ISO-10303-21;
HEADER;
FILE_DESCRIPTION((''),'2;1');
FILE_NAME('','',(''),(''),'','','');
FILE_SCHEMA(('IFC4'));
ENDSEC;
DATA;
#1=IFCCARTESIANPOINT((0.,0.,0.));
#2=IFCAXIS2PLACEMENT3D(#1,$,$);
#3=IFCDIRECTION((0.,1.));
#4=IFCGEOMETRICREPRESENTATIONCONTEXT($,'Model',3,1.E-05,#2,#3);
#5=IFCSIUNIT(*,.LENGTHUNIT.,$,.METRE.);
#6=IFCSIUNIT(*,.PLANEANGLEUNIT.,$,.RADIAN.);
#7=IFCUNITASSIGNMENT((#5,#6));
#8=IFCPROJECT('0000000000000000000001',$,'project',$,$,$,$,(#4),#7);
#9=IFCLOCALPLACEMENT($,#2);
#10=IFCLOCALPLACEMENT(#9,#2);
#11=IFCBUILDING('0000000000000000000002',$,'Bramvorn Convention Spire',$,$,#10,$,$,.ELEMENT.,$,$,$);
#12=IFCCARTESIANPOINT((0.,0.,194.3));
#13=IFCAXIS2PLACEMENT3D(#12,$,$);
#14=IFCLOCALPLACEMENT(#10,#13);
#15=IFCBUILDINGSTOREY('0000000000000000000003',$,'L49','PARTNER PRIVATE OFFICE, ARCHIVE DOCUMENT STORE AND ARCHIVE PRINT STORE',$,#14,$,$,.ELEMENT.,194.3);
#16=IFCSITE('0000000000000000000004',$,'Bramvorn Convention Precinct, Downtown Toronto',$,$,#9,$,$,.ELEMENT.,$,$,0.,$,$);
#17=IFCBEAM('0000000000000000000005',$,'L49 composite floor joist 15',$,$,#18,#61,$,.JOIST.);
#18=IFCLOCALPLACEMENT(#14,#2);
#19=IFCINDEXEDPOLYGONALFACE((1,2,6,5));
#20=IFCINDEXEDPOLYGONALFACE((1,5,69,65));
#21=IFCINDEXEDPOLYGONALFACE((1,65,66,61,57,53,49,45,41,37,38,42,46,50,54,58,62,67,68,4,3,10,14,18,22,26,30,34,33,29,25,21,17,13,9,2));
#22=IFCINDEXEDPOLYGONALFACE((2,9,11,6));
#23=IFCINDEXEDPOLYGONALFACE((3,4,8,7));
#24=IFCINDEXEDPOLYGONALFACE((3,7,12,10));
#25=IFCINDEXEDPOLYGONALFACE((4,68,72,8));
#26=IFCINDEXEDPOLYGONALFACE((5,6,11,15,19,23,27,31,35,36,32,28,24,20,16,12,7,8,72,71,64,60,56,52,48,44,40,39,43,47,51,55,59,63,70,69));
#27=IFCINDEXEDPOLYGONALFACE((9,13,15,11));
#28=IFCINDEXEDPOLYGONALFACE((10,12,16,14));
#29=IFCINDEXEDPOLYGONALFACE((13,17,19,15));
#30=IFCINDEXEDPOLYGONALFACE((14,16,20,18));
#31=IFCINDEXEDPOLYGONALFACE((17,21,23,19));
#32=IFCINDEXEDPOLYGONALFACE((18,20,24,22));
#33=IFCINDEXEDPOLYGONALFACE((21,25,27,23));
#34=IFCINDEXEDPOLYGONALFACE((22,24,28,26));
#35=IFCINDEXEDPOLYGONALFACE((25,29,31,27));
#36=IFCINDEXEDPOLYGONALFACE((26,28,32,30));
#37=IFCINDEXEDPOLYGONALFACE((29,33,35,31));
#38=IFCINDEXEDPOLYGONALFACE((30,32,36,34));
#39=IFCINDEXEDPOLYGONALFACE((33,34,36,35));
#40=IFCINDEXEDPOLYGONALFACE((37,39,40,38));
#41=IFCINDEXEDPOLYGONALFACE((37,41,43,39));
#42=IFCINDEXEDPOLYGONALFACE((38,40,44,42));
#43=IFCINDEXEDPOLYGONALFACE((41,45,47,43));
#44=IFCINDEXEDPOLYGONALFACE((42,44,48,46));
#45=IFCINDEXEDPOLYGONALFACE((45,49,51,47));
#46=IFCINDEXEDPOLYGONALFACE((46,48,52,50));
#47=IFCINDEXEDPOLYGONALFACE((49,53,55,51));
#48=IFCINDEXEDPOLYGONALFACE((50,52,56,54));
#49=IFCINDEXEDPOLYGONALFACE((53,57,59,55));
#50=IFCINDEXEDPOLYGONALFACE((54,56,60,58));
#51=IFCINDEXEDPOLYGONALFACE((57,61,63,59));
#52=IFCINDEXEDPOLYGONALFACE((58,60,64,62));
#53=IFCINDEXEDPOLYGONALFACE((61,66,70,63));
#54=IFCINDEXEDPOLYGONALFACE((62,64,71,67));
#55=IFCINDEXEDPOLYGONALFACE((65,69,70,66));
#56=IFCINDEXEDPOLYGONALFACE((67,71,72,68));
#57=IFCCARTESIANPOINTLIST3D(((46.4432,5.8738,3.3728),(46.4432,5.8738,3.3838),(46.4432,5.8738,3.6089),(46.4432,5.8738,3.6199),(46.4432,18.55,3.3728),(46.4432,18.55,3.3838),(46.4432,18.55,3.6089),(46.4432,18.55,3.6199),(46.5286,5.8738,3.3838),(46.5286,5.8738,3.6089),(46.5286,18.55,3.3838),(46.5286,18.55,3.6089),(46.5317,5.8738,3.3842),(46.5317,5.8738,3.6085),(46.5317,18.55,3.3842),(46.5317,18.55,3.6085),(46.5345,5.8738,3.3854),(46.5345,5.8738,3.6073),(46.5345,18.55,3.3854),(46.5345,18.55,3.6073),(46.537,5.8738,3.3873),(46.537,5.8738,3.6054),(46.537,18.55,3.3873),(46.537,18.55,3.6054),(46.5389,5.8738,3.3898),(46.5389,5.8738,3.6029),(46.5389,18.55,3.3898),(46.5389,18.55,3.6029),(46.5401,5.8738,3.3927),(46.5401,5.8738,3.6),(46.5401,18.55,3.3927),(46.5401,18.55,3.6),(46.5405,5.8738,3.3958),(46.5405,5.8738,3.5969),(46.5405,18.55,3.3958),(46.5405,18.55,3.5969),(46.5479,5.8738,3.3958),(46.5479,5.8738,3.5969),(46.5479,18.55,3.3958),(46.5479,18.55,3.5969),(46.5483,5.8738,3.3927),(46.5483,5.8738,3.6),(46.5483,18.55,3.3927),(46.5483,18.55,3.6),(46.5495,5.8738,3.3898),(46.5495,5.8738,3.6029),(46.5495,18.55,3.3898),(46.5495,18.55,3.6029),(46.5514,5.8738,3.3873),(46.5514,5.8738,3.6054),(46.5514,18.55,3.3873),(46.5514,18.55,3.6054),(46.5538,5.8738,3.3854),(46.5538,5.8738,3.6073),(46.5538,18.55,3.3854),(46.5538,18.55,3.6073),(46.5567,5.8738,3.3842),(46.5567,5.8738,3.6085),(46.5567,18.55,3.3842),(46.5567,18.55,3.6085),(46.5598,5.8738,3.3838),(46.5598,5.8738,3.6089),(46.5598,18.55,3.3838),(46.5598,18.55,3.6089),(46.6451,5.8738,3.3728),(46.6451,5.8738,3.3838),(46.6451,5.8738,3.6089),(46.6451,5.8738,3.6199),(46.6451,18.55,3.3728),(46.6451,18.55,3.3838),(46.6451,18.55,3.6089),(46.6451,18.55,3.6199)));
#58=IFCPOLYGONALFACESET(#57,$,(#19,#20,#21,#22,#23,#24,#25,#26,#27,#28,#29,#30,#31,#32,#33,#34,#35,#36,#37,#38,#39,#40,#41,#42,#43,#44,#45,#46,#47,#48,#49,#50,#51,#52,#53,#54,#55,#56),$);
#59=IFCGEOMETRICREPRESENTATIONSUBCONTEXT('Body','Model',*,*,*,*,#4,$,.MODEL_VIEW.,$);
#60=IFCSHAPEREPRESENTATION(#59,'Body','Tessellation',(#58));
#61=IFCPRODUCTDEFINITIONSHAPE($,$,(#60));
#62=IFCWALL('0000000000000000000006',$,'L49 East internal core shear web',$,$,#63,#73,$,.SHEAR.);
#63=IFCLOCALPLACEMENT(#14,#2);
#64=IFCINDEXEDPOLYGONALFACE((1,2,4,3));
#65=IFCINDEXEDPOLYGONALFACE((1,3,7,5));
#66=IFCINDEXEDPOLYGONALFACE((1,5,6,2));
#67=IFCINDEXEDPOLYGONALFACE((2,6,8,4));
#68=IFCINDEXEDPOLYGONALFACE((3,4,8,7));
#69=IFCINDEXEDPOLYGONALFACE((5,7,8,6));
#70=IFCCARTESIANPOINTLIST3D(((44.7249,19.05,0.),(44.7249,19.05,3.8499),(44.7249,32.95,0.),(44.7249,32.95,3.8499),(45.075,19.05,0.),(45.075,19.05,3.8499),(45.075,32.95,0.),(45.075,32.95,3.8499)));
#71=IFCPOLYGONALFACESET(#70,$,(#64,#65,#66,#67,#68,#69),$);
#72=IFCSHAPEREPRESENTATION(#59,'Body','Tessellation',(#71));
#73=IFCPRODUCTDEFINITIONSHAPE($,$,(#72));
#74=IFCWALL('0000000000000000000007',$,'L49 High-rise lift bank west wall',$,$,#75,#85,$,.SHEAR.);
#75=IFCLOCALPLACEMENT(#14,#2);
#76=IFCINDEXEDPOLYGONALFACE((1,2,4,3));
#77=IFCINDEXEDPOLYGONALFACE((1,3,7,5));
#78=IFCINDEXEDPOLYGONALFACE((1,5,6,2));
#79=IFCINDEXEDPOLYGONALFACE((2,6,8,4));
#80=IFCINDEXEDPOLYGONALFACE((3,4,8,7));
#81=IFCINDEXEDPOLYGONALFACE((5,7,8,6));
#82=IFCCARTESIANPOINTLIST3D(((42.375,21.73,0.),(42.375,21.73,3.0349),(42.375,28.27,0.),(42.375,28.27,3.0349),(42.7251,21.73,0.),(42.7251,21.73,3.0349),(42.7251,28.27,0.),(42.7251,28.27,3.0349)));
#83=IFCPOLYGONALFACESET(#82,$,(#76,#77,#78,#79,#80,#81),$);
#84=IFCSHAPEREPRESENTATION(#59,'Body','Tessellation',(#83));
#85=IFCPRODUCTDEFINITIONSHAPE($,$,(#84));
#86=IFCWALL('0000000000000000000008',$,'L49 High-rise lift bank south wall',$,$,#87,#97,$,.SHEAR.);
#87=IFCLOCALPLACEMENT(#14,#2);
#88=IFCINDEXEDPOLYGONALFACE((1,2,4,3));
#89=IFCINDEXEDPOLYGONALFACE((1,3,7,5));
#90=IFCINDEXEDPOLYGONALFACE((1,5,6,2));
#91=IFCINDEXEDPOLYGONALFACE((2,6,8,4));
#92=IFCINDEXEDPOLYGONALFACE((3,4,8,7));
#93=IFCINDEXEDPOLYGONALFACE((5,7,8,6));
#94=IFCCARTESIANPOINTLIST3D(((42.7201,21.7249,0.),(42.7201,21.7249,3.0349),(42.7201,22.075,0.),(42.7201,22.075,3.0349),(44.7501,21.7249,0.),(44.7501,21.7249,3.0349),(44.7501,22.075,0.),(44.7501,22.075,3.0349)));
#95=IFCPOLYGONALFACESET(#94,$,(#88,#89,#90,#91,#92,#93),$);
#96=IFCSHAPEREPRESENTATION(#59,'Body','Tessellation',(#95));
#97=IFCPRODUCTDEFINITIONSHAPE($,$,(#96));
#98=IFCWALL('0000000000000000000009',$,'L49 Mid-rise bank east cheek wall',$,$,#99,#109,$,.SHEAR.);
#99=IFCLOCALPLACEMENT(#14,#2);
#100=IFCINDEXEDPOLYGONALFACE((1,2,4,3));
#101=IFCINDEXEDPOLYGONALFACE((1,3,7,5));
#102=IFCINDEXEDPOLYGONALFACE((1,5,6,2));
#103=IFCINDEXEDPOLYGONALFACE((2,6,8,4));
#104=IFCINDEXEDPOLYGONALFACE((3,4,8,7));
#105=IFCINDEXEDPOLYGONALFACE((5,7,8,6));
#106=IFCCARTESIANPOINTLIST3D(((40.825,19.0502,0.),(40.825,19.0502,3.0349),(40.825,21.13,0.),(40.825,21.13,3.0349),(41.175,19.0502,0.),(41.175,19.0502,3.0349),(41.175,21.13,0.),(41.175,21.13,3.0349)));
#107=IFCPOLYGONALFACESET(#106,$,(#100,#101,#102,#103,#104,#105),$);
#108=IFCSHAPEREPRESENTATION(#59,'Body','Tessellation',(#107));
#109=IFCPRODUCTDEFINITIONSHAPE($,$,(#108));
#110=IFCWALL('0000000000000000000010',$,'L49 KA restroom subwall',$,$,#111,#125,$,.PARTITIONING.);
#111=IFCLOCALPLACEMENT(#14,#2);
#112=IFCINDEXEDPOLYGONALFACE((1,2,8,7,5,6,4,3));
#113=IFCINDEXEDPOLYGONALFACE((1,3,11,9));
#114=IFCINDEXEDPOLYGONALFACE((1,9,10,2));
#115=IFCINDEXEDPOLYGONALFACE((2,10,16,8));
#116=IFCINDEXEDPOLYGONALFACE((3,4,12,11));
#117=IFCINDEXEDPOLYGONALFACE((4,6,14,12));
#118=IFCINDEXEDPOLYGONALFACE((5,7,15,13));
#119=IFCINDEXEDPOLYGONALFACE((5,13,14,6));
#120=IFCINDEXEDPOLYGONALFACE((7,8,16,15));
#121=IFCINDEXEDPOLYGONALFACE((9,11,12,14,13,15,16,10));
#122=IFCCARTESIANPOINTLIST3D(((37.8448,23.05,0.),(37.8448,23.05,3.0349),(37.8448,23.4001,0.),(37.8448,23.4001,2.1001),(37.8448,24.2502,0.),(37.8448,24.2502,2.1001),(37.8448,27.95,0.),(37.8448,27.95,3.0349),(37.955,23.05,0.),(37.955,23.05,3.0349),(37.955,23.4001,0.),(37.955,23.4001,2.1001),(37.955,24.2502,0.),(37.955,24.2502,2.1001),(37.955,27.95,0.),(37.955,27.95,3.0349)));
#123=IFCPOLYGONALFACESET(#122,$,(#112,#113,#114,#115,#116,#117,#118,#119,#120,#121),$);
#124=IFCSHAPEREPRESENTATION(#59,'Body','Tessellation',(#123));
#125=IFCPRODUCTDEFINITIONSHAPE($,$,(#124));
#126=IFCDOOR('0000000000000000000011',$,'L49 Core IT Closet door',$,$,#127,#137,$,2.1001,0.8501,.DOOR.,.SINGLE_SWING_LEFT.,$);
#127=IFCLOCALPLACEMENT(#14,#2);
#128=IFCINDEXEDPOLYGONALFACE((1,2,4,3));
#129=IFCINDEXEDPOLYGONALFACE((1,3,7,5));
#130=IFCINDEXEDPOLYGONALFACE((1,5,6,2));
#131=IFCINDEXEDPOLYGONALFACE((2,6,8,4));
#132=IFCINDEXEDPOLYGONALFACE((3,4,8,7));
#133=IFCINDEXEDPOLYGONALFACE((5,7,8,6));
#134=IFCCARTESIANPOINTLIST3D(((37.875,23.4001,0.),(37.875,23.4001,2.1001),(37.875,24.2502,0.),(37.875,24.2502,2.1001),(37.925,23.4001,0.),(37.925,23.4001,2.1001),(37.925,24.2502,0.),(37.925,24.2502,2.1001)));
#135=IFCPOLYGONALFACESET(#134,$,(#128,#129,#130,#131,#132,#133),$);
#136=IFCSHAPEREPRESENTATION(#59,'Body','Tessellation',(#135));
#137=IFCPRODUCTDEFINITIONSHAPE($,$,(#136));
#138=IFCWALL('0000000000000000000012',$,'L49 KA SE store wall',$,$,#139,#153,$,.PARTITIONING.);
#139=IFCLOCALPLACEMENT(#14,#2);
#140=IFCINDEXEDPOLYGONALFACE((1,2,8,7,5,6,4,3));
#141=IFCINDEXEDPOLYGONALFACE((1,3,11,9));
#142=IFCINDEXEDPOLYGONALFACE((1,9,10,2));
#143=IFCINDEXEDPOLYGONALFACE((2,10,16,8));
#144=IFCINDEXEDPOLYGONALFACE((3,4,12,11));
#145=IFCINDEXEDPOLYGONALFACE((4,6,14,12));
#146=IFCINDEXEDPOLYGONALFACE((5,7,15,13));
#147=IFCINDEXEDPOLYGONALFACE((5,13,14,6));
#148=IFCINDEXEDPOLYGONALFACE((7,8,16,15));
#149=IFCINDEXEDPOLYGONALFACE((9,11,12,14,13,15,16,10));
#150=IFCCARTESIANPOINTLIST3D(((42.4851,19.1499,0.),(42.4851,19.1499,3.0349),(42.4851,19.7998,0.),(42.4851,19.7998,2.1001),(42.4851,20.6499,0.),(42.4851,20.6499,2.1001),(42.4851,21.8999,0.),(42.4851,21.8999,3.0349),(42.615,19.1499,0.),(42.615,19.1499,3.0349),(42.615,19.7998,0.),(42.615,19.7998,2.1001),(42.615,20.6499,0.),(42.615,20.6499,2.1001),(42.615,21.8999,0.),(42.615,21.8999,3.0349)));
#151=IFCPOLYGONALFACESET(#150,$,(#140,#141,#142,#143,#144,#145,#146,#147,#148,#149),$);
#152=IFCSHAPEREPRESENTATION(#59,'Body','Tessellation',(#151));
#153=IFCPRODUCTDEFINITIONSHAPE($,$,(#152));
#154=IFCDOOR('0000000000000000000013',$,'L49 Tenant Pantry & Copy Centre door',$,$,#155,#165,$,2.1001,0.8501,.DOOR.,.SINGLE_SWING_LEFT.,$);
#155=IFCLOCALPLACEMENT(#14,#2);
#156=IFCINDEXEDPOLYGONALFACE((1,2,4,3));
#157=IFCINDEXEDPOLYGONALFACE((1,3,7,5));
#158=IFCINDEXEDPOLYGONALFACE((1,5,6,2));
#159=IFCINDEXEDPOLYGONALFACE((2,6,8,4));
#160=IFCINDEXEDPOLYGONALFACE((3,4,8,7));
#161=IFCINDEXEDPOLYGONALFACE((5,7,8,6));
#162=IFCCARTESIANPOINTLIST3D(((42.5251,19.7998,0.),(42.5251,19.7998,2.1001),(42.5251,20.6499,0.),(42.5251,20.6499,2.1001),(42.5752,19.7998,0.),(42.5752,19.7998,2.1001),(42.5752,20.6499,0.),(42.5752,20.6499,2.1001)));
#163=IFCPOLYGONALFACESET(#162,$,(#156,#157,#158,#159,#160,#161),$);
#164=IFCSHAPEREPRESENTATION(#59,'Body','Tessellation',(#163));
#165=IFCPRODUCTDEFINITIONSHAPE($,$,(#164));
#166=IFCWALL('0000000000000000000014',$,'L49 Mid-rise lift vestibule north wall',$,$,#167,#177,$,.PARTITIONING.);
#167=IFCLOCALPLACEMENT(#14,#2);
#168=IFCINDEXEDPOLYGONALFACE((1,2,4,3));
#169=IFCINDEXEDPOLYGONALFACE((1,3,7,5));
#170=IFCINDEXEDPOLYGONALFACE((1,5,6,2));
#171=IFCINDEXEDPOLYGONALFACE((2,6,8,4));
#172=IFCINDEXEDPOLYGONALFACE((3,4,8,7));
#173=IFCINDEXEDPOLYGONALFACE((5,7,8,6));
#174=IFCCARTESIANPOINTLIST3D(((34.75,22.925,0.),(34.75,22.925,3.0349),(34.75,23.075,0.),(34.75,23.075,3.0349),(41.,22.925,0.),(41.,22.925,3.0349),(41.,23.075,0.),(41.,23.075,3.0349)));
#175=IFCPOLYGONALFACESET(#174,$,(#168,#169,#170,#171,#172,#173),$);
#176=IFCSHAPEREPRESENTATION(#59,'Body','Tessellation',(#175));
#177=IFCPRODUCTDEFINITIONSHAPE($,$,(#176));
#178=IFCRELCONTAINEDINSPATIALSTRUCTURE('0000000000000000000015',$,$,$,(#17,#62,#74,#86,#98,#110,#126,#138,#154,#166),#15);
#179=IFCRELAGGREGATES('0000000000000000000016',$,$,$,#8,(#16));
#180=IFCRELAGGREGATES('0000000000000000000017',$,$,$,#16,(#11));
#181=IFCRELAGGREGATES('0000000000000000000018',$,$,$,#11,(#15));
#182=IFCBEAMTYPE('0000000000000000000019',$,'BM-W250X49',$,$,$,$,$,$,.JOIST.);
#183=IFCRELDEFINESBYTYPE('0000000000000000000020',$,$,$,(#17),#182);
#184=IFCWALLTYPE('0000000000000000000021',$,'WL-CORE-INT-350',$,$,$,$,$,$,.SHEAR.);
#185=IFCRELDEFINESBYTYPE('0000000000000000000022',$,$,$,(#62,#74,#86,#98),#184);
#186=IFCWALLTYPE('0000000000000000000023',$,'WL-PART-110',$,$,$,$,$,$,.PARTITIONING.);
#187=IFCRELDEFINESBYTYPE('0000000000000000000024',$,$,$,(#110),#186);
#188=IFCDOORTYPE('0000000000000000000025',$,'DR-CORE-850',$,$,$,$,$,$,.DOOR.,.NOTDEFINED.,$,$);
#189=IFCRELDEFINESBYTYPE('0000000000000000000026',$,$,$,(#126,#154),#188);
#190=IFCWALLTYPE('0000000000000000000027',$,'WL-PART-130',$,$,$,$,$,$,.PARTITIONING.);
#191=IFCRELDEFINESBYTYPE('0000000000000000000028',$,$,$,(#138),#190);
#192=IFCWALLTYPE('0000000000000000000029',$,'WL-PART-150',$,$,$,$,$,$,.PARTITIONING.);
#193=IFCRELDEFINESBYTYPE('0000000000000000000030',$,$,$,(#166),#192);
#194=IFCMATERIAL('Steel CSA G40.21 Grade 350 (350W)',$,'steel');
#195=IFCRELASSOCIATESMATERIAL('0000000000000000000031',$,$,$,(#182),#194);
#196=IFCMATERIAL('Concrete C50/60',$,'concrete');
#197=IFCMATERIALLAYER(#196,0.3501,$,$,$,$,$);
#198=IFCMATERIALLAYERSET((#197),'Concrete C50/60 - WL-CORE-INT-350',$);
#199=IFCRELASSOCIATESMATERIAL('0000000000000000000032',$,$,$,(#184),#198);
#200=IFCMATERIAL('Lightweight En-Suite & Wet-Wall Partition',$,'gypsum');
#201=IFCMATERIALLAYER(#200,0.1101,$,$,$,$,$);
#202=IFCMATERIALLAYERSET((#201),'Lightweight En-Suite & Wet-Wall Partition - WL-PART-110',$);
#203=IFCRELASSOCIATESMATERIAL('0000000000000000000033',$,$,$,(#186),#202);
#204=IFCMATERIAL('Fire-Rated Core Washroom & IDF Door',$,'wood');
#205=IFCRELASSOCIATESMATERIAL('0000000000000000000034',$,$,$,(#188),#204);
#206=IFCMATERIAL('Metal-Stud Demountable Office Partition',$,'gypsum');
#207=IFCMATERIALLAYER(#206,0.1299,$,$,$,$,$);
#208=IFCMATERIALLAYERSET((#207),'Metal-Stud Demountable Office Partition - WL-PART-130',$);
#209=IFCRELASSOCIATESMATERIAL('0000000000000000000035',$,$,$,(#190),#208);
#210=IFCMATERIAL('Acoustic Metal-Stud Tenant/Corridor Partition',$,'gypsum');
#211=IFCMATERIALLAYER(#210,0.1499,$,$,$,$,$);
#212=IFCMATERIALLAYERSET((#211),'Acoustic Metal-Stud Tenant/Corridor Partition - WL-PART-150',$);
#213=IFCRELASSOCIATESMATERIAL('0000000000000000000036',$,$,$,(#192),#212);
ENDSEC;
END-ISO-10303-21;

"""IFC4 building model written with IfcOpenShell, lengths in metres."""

from ifc_helpers import new_model, si_unit, direction, frame, frame_2d, origin, origin_2d, place, context, subcontext, project, spatial, rectangle, i_section, extrude, material, layer, layer_set, material_profile, profile_set, type_object, element, fill, save


model = new_model("IFC4")

# Units and contexts
model_context = context("Model", 3, precision=1e-05, world=origin(), true_north=direction((0.0, 1.0)))
body_context = subcontext(model_context, "Body", "Model", "MODEL_VIEW")
ifc_project = project(units=[si_unit("LENGTHUNIT", "METRE"), si_unit("PLANEANGLEUNIT", "RADIAN")], contexts=[model_context])

# Site, building, storey
site_placement = place(None, origin())
site = spatial("IfcSite", under=ifc_project, at=site_placement, Name="Bramvorn Convention Precinct, Downtown Toronto", CompositionType="ELEMENT", RefElevation=0.0)
building_placement = place(site_placement, origin())
building = spatial("IfcBuilding", under=site, at=building_placement, Name="Bramvorn Convention Spire", CompositionType="ELEMENT")
storey_placement = place(building_placement, frame((0.0, 0.0, 194.3)))
storey = spatial("IfcBuildingStorey", under=building, at=storey_placement, Name="L49", Description="PARTNER PRIVATE OFFICE, ARCHIVE DOCUMENT STORE AND ARCHIVE PRINT STORE", CompositionType="ELEMENT", Elevation=194.3)

# Beam
ifc_material_1 = material(Name="Steel CSA G40.21 Grade 350 (350W)", Category="steel")
ifc_material_profile = material_profile(ifc_material_1, i_section(OverallWidth=0.2019, OverallDepth=0.2471, WebThickness=0.0073, FlangeThickness=0.011, FilletRadius=0.012, at=origin_2d()))
ifc_profile_set = profile_set([ifc_material_profile], Name="Steel CSA G40.21 Grade 350 (350W) - W250X49")
beam_type = type_object("IfcBeamType", Name="BM-W250X49", PredefinedType="JOIST", material=ifc_profile_set)
beam_placement = place(storey_placement, frame((46.5442, 18.55, 3.4963), z_axis=(0.0, -1.0, 0.0), x_axis=(1.0, 0.0, 0.0)))
element("IfcBeam", 1, at=beam_placement, inside=storey, type_object=beam_type, Name="L49 composite floor joist 15", PredefinedType="JOIST", context=body_context, shape_type="SweptSolid", body=[
    extrude(i_section(OverallWidth=0.2019, OverallDepth=0.2471, WebThickness=0.0073, FlangeThickness=0.011, FilletRadius=0.012, at=origin_2d()), origin(), (0.0, 0.0, 1.0), 12.6763),
])

# Walls
ifc_material_2 = material(Name="Concrete C50/60", Category="concrete")
ifc_layer_1 = layer(ifc_material_2, 0.3501)
ifc_layer_set_1 = layer_set([ifc_layer_1], Name="Concrete C50/60 - WL-CORE-INT-350")
wall_type_1 = type_object("IfcWallType", Name="WL-CORE-INT-350", PredefinedType="SHEAR", material=ifc_layer_set_1)
wall_1_placement = place(storey_placement, frame((44.8999, 19.05, 0.0), z_axis=(0.0, 0.0, 1.0), x_axis=(0.0, 1.0, 0.0)))
element("IfcWall", 2, at=wall_1_placement, inside=storey, type_object=wall_type_1, Name="L49 East internal core shear web", PredefinedType="SHEAR", context=body_context, shape_type="SweptSolid", body=[
    extrude(rectangle(XDim=13.8999, YDim=0.3501, at=frame_2d((6.95, 0.0))), origin(), (0.0, 0.0, 1.0), 3.8499),
])
wall_2_placement = place(storey_placement, frame((42.55, 21.73, 0.0), z_axis=(0.0, 0.0, 1.0), x_axis=(0.0, 1.0, 0.0)))
element("IfcWall", 3, at=wall_2_placement, inside=storey, type_object=wall_type_1, Name="L49 High-rise lift bank west wall", PredefinedType="SHEAR", context=body_context, shape_type="SweptSolid", body=[
    extrude(rectangle(XDim=6.54, YDim=0.3501, at=frame_2d((3.27, 0.0))), origin(), (0.0, 0.0, 1.0), 3.0349),
])
wall_3_placement = place(storey_placement, frame((42.72, 21.8999, 0.0), z_axis=(0.0, 0.0, 1.0), x_axis=(1.0, 0.0, 0.0)))
element("IfcWall", 4, at=wall_3_placement, inside=storey, type_object=wall_type_1, Name="L49 High-rise lift bank south wall", PredefinedType="SHEAR", context=body_context, shape_type="SweptSolid", body=[
    extrude(rectangle(XDim=2.03, YDim=0.3501, at=frame_2d((1.0151, 0.0))), origin(), (0.0, 0.0, 1.0), 3.0349),
])

# Wall
wall_4_placement = place(storey_placement, frame((41.0, 19.05, 0.0), z_axis=(0.0, 0.0, 1.0), x_axis=(0.0, 1.0, 0.0)))
element("IfcWall", 5, at=wall_4_placement, inside=storey, type_object=wall_type_1, Name="L49 Mid-rise bank east cheek wall", PredefinedType="SHEAR", context=body_context, shape_type="SweptSolid", body=[
    extrude(rectangle(XDim=2.0798, YDim=0.3501, at=frame_2d((1.04, 0.0))), origin(), (0.0, 0.0, 1.0), 3.0349),
])

# Walls, openings, doors
ifc_material_3 = material(Name="Lightweight En-Suite & Wet-Wall Partition", Category="gypsum")
ifc_layer_2 = layer(ifc_material_3, 0.1101)
ifc_layer_set_2 = layer_set([ifc_layer_2], Name="Lightweight En-Suite & Wet-Wall Partition - WL-PART-110")
wall_type_2 = type_object("IfcWallType", Name="WL-PART-110", PredefinedType="PARTITIONING", material=ifc_layer_set_2)
wall_5_placement = place(storey_placement, frame((37.8999, 23.05, 0.0), z_axis=(0.0, 0.0, 1.0), x_axis=(0.0, 1.0, 0.0)))
wall_5 = element("IfcWall", 6, at=wall_5_placement, inside=storey, type_object=wall_type_2, Name="L49 KA restroom subwall", PredefinedType="PARTITIONING", context=body_context, shape_type="SweptSolid", body=[
    extrude(rectangle(XDim=4.8999, YDim=0.1101, at=frame_2d((2.45, 0.0))), origin(), (0.0, 0.0, 1.0), 3.0349),
])
opening_1_placement = place(wall_5_placement, frame((0.3501, 0.0, 0.0)))
opening_1 = element("IfcOpeningElement", 7, at=opening_1_placement, cuts=wall_5, PredefinedType="OPENING", context=body_context, shape_type="SweptSolid", body=[
    extrude(rectangle(XDim=0.8501, YDim=2.1001, at=frame_2d((0.425, 1.05))), frame((0.0, 0.0649, 0.0), z_axis=(0.0, -1.0, 0.0), x_axis=(1.0, 0.0, 0.0)), (0.0, 0.0, 1.0), 0.1301),
])
ifc_material_4 = material(Name="Fire-Rated Core Washroom & IDF Door", Category="wood")
door_type_1 = type_object("IfcDoorType", Name="DR-CORE-850", OperationType="NOTDEFINED", PredefinedType="DOOR", material=ifc_material_4)
door_1_placement = place(opening_1_placement, origin())
door_1 = element("IfcDoor", 8, at=door_1_placement, inside=storey, type_object=door_type_1, Name="L49 Core IT Closet door", OperationType="SINGLE_SWING_LEFT", OverallHeight=2.1001, OverallWidth=0.8501, PredefinedType="DOOR", context=body_context, shape_type="SweptSolid", body=[
    extrude(rectangle(XDim=0.8501, YDim=2.1001, at=frame_2d((0.425, 1.05))), frame((0.0, 0.0249, 0.0), z_axis=(0.0, -1.0, 0.0), x_axis=(1.0, 0.0, 0.0)), (0.0, 0.0, 1.0), 0.05),
])
fill(opening_1, door_1)
ifc_material_5 = material(Name="Metal-Stud Demountable Office Partition", Category="gypsum")
ifc_layer_3 = layer(ifc_material_5, 0.1299)
ifc_layer_set_3 = layer_set([ifc_layer_3], Name="Metal-Stud Demountable Office Partition - WL-PART-130")
wall_type_3 = type_object("IfcWallType", Name="WL-PART-130", PredefinedType="PARTITIONING", material=ifc_layer_set_3)
wall_6_placement = place(storey_placement, frame((42.55, 19.1499, 0.0), z_axis=(0.0, 0.0, 1.0), x_axis=(0.0, 1.0, 0.0)))
wall_6 = element("IfcWall", 9, at=wall_6_placement, inside=storey, type_object=wall_type_3, Name="L49 KA SE store wall", PredefinedType="PARTITIONING", context=body_context, shape_type="SweptSolid", body=[
    extrude(rectangle(XDim=2.75, YDim=0.1299, at=frame_2d((1.375, 0.0))), origin(), (0.0, 0.0, 1.0), 3.0349),
])
opening_2_placement = place(wall_6_placement, frame((0.6499, 0.0, 0.0)))
opening_2 = element("IfcOpeningElement", 10, at=opening_2_placement, cuts=wall_6, PredefinedType="OPENING", context=body_context, shape_type="SweptSolid", body=[
    extrude(rectangle(XDim=0.8501, YDim=2.1001, at=frame_2d((0.425, 1.05))), frame((0.0, 0.075, 0.0), z_axis=(0.0, -1.0, 0.0), x_axis=(1.0, 0.0, 0.0)), (0.0, 0.0, 1.0), 0.1499),
])
door_2_placement = place(opening_2_placement, origin())
door_2 = element("IfcDoor", 11, at=door_2_placement, inside=storey, type_object=door_type_1, Name="L49 Tenant Pantry & Copy Centre door", OperationType="SINGLE_SWING_LEFT", OverallHeight=2.1001, OverallWidth=0.8501, PredefinedType="DOOR", context=body_context, shape_type="SweptSolid", body=[
    extrude(rectangle(XDim=0.8501, YDim=2.1001, at=frame_2d((0.425, 1.05))), frame((0.0, 0.0249, 0.0), z_axis=(0.0, -1.0, 0.0), x_axis=(1.0, 0.0, 0.0)), (0.0, 0.0, 1.0), 0.05),
])
fill(opening_2, door_2)

# Wall
ifc_material_6 = material(Name="Acoustic Metal-Stud Tenant/Corridor Partition", Category="gypsum")
ifc_layer_4 = layer(ifc_material_6, 0.1499)
ifc_layer_set_4 = layer_set([ifc_layer_4], Name="Acoustic Metal-Stud Tenant/Corridor Partition - WL-PART-150")
wall_type_4 = type_object("IfcWallType", Name="WL-PART-150", PredefinedType="PARTITIONING", material=ifc_layer_set_4)
wall_7_placement = place(storey_placement, frame((34.75, 23.0, 0.0), z_axis=(0.0, 0.0, 1.0), x_axis=(1.0, 0.0, 0.0)))
element("IfcWall", 12, at=wall_7_placement, inside=storey, type_object=wall_type_4, Name="L49 Mid-rise lift vestibule north wall", PredefinedType="PARTITIONING", context=body_context, shape_type="SweptSolid", body=[
    extrude(rectangle(XDim=6.25, YDim=0.1499, at=frame_2d((3.125, 0.0))), origin(), (0.0, 0.0, 1.0), 3.0349),
])

save(model, "model.ifc")
